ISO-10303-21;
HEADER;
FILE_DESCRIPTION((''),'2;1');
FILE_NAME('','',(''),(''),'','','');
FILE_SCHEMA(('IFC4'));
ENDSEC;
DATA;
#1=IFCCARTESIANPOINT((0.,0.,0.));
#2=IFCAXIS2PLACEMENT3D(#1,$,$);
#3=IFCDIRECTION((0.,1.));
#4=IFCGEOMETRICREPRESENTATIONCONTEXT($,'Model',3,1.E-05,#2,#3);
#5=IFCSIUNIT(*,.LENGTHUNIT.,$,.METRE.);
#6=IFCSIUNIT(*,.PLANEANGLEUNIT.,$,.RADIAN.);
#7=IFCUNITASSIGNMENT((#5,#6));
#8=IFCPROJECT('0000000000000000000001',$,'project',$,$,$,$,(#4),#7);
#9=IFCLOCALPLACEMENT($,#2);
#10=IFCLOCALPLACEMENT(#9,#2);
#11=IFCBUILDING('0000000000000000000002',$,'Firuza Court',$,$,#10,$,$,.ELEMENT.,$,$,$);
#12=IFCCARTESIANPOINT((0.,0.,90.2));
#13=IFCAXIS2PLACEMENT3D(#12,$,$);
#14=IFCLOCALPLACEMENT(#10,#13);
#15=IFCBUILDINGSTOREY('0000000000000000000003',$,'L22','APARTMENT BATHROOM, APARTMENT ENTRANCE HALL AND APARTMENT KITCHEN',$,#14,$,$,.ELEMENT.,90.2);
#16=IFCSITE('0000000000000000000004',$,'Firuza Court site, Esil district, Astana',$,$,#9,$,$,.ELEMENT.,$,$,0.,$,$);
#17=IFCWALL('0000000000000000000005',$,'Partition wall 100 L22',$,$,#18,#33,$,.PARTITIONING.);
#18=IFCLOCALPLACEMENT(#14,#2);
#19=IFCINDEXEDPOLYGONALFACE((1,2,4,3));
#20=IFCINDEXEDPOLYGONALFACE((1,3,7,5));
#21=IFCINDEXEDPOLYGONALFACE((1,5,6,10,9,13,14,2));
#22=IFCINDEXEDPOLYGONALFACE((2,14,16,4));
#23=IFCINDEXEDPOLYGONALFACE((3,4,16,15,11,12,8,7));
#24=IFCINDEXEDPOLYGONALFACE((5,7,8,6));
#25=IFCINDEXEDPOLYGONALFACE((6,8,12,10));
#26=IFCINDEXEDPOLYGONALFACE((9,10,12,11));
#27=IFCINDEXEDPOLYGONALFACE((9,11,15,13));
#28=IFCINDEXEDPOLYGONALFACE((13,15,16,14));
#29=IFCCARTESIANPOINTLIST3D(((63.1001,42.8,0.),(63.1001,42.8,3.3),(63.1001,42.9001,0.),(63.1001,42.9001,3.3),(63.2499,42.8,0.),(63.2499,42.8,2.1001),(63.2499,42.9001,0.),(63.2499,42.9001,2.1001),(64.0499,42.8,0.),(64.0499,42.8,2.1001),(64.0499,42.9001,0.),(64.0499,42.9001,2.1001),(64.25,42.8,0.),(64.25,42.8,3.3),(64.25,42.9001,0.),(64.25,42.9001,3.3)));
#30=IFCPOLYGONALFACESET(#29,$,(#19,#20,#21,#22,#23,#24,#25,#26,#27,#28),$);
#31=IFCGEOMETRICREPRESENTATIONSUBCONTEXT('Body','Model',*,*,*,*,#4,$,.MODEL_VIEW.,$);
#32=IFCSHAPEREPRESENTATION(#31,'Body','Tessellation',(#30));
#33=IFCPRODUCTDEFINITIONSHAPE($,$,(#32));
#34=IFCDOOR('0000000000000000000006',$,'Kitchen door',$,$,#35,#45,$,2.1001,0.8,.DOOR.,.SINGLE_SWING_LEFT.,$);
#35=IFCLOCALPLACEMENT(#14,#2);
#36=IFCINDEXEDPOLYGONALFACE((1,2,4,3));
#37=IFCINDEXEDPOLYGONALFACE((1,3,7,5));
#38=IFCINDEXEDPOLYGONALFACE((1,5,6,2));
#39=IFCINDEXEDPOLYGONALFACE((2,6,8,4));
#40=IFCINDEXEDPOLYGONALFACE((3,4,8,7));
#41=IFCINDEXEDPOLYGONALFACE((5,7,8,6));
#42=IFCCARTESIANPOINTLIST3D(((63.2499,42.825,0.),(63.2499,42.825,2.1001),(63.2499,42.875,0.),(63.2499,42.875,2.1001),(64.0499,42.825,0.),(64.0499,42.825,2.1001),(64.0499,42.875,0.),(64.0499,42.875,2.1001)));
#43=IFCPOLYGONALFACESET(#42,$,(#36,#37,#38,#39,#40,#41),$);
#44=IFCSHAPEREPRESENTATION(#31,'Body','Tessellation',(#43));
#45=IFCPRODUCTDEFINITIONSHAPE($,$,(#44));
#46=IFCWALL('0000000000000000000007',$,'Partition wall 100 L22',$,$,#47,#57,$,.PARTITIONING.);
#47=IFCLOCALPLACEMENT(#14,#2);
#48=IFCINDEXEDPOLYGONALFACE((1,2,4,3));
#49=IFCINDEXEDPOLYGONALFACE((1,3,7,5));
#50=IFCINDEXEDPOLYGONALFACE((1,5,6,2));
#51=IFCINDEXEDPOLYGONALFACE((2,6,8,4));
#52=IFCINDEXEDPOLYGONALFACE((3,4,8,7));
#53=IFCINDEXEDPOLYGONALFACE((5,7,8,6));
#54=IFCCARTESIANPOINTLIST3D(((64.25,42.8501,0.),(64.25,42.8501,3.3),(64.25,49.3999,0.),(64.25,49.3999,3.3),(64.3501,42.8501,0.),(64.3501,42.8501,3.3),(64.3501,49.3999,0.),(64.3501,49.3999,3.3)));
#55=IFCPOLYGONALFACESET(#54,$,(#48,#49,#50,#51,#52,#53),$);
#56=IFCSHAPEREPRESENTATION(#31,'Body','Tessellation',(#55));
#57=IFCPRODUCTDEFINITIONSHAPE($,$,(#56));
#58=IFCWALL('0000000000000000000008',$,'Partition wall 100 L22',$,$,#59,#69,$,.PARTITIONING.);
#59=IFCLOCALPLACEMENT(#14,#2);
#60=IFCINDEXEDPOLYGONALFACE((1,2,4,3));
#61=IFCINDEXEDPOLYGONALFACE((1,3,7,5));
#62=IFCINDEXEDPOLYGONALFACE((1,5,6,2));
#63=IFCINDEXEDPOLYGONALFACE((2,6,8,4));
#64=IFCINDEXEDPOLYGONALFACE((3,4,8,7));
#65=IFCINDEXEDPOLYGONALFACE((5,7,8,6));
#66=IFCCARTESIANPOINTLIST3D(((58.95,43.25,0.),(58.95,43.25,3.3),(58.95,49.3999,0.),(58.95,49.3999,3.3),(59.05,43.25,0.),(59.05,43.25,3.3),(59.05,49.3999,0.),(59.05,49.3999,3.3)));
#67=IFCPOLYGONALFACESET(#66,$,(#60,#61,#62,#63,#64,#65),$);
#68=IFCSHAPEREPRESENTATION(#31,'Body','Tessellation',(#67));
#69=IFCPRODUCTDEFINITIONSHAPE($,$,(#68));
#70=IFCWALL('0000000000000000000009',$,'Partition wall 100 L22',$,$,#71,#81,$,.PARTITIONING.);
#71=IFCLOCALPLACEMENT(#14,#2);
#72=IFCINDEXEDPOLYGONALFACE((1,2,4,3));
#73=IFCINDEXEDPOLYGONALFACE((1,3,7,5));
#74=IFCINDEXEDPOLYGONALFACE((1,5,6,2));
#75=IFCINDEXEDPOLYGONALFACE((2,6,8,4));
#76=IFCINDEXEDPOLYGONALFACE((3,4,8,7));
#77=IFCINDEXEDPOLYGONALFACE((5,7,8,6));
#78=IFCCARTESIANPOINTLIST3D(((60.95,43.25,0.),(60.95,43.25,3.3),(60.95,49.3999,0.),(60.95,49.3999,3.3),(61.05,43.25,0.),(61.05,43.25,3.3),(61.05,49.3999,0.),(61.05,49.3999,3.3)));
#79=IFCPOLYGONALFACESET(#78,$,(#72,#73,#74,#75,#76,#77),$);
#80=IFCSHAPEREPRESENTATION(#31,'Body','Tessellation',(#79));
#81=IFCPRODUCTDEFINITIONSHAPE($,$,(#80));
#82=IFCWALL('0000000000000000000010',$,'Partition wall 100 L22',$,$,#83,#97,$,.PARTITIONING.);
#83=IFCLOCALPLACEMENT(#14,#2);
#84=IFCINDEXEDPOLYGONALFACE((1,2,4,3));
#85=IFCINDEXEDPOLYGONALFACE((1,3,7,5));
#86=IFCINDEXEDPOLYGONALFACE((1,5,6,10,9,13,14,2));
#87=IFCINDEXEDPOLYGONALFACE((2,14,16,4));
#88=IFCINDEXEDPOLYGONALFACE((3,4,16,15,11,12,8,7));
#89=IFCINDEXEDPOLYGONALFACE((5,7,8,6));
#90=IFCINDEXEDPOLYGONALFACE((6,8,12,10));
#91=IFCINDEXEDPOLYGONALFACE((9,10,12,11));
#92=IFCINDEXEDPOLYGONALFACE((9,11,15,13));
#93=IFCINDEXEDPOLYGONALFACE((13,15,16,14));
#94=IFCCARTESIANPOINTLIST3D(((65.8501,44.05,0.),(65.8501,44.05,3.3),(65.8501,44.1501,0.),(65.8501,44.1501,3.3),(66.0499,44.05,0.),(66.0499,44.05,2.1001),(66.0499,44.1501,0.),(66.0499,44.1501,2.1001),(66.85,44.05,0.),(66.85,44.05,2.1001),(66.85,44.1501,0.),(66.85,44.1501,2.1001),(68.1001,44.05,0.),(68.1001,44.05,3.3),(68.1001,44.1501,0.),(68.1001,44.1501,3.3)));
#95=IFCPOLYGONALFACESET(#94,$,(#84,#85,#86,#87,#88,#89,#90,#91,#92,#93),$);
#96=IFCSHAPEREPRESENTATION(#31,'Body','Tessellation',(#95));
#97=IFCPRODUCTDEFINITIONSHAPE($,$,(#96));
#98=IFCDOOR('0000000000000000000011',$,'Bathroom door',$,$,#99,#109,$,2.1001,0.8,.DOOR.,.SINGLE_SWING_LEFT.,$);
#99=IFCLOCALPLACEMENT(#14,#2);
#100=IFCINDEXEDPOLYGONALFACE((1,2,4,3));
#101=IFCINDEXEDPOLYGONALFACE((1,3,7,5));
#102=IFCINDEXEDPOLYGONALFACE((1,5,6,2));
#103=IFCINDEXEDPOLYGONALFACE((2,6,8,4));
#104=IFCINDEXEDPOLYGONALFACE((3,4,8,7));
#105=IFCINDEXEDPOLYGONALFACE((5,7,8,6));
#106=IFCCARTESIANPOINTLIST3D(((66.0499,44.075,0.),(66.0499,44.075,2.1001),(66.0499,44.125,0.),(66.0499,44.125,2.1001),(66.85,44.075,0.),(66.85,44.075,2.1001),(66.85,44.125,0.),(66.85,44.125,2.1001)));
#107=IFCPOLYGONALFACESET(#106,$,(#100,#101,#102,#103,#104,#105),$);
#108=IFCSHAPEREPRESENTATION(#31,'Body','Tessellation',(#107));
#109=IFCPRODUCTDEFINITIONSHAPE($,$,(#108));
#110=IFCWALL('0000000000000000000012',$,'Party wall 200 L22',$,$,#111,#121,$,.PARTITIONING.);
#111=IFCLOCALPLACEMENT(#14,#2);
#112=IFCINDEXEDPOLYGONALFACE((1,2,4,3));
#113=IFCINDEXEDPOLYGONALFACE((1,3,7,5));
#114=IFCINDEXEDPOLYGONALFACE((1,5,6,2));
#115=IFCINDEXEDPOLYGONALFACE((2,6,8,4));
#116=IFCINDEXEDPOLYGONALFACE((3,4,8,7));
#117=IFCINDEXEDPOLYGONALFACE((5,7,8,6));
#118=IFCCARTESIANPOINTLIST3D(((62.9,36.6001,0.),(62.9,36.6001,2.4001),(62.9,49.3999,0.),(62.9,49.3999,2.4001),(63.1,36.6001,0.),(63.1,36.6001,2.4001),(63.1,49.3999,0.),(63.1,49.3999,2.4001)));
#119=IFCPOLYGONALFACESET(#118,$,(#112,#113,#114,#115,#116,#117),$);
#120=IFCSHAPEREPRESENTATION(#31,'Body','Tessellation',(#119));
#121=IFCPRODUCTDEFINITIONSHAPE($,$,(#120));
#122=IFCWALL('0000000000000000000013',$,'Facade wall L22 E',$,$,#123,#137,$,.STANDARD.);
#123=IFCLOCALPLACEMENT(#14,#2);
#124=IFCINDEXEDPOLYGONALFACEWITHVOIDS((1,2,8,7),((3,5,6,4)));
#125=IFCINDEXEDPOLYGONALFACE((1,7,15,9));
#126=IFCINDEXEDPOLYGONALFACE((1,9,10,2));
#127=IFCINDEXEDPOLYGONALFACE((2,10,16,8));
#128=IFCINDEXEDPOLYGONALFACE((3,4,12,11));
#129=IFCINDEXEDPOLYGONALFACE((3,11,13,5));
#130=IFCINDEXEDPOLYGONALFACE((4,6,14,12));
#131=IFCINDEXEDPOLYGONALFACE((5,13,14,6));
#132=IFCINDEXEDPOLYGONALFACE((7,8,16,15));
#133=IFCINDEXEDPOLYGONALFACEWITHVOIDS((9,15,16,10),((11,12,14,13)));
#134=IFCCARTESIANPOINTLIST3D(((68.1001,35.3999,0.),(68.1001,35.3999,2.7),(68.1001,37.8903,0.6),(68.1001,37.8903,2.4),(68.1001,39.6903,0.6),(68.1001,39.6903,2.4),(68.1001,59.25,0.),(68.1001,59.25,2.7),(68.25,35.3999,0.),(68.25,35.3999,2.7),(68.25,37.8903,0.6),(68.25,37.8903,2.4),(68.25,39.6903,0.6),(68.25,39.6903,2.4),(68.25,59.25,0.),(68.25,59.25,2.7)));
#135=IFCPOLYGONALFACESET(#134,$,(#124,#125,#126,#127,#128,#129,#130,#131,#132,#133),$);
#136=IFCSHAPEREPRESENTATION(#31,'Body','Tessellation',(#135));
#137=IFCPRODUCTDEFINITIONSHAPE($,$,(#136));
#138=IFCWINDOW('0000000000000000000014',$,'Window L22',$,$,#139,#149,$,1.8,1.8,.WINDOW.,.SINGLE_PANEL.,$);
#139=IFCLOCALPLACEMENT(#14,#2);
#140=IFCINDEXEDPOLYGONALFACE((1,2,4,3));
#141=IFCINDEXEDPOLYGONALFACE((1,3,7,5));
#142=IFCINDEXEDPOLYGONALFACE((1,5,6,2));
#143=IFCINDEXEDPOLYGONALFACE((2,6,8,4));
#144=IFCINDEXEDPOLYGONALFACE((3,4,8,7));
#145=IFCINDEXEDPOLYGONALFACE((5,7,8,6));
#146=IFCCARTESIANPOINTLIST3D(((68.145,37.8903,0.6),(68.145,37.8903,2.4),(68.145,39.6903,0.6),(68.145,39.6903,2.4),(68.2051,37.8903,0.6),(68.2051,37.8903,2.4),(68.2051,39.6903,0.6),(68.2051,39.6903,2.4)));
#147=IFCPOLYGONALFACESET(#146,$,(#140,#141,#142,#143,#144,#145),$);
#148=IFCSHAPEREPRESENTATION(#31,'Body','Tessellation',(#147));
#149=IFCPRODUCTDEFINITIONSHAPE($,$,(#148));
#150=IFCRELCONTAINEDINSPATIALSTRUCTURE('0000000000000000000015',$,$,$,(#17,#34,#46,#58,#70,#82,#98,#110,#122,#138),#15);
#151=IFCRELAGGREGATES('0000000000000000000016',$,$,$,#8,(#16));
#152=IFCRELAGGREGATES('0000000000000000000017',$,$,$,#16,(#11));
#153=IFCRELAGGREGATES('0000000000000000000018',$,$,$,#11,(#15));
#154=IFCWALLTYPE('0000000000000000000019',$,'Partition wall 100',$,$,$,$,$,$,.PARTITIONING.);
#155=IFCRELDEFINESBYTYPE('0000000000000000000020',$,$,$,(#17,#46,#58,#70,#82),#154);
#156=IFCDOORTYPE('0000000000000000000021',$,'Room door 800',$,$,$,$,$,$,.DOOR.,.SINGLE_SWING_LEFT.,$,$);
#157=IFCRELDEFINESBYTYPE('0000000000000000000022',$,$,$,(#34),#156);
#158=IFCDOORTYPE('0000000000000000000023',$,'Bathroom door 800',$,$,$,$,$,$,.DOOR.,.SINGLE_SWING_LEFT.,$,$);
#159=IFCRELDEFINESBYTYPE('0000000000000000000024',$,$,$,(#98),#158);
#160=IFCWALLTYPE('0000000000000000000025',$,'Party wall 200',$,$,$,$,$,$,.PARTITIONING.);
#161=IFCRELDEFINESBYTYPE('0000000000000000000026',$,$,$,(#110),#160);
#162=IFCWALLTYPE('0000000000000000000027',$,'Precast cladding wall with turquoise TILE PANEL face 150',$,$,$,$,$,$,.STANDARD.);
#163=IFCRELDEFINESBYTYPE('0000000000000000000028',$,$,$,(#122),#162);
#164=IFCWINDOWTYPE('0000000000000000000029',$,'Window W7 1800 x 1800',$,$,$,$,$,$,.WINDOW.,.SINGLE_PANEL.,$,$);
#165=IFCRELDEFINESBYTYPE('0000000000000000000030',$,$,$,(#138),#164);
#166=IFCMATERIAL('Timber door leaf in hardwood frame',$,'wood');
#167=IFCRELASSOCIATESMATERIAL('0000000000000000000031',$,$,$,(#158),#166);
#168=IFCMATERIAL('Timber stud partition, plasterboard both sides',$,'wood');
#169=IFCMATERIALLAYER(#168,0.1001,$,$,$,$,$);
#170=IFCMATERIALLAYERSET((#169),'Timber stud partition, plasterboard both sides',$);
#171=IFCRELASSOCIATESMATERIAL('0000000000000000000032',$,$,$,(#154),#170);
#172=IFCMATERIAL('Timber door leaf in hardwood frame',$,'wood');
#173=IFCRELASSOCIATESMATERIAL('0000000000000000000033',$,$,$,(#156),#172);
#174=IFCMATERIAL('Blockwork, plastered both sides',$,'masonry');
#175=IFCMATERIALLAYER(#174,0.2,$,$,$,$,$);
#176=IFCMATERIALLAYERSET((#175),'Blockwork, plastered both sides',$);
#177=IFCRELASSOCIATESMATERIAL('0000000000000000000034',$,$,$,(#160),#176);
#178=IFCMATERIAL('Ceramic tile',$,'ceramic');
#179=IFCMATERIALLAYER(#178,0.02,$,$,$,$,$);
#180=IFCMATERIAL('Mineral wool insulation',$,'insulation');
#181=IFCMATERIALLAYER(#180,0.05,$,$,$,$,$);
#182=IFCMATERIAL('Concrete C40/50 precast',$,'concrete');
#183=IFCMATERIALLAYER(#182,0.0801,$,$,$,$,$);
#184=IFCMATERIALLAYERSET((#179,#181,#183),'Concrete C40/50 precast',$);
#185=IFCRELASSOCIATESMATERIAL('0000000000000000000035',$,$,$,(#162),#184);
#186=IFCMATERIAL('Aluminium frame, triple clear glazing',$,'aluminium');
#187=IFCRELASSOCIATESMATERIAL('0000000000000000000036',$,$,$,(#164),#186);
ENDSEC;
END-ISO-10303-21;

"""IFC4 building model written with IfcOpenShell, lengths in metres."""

from ifc_helpers import new_model, si_unit, direction, frame, frame_2d, origin, place, context, subcontext, project, spatial, rectangle, extrude, material, layer, layer_set, type_object, element, fill, save


model = new_model("IFC4")

# Units and contexts
model_context = context("Model", 3, precision=1e-05, world=origin(), true_north=direction((0.0, 1.0)))
body_context = subcontext(model_context, "Body", "Model", "MODEL_VIEW")
ifc_project = project(units=[si_unit("LENGTHUNIT", "METRE"), si_unit("PLANEANGLEUNIT", "RADIAN")], contexts=[model_context])

# Site, building, storey
site_placement = place(None, origin())
site = spatial("IfcSite", under=ifc_project, at=site_placement, Name="Firuza Court site, Esil district, Astana", CompositionType="ELEMENT", RefElevation=0.0)
building_placement = place(site_placement, origin())
building = spatial("IfcBuilding", under=site, at=building_placement, Name="Firuza Court", CompositionType="ELEMENT")
storey_placement = place(building_placement, frame((0.0, 0.0, 90.2)))
storey = spatial("IfcBuildingStorey", under=building, at=storey_placement, Name="L22", Description="APARTMENT BATHROOM, APARTMENT ENTRANCE HALL AND APARTMENT KITCHEN", CompositionType="ELEMENT", Elevation=90.2)

# Shared definitions
ifc_material_1 = material(Name="Timber door leaf in hardwood frame", Category="wood")
door_type_1 = type_object("IfcDoorType", Name="Bathroom door 800", OperationType="SINGLE_SWING_LEFT", PredefinedType="DOOR", material=ifc_material_1)

# Shared definitions
ifc_material_2 = material(Name="Timber stud partition, plasterboard both sides", Category="wood")
ifc_layer_1 = layer(ifc_material_2, 0.1001)
ifc_layer_set_1 = layer_set([ifc_layer_1], Name="Timber stud partition, plasterboard both sides")
wall_type_1 = type_object("IfcWallType", Name="Partition wall 100", PredefinedType="PARTITIONING", material=ifc_layer_set_1)

# Wall, opening, door
wall_1_placement = place(storey_placement, frame((63.1001, 42.8501, 0.0), z_axis=(0.0, 0.0, 1.0), x_axis=(1.0, 0.0, 0.0)))
wall_1 = element("IfcWall", 1, at=wall_1_placement, inside=storey, type_object=wall_type_1, Name="Partition wall 100 L22", PredefinedType="PARTITIONING", context=body_context, shape_type="SweptSolid", body=[
    extrude(rectangle(XDim=1.1499, YDim=0.1001, at=frame_2d((0.575, 0.0))), origin(), (0.0, 0.0, 1.0), 3.3),
])
opening_1_placement = place(wall_1_placement, frame((0.1499, 0.0, 0.0)))
opening_1 = element("IfcOpeningElement", 2, at=opening_1_placement, cuts=wall_1, PredefinedType="OPENING", context=body_context, shape_type="SweptSolid", body=[
    extrude(rectangle(XDim=0.8, YDim=2.1001, at=frame_2d((0.3999, 1.05))), frame((0.0, 0.062, 0.0), z_axis=(0.0, -1.0, 0.0), x_axis=(1.0, 0.0, 0.0)), (0.0, 0.0, 1.0), 0.124),
])
ifc_material_3 = material(Name="Timber door leaf in hardwood frame", Category="wood")
door_type_2 = type_object("IfcDoorType", Name="Room door 800", OperationType="SINGLE_SWING_LEFT", PredefinedType="DOOR", material=ifc_material_3)
door_1_placement = place(opening_1_placement, origin())
door_1 = element("IfcDoor", 3, at=door_1_placement, inside=storey, type_object=door_type_2, Name="Kitchen door", OperationType="SINGLE_SWING_LEFT", OverallHeight=2.1001, OverallWidth=0.8, PredefinedType="DOOR", context=body_context, shape_type="SweptSolid", body=[
    extrude(rectangle(XDim=0.8, YDim=2.1001, at=frame_2d((0.3999, 1.05))), frame((0.0, 0.0249, 0.0), z_axis=(0.0, -1.0, 0.0), x_axis=(1.0, 0.0, 0.0)), (0.0, 0.0, 1.0), 0.05),
])
fill(opening_1, door_1)

# Walls
wall_2_placement = place(storey_placement, frame((64.3, 42.8501, 0.0), z_axis=(0.0, 0.0, 1.0), x_axis=(0.0, 1.0, 0.0)))
element("IfcWall", 4, at=wall_2_placement, inside=storey, type_object=wall_type_1, Name="Partition wall 100 L22", PredefinedType="PARTITIONING", context=body_context, shape_type="SweptSolid", body=[
    extrude(rectangle(XDim=6.5498, YDim=0.1001, at=frame_2d((3.2749, 0.0))), origin(), (0.0, 0.0, 1.0), 3.3),
])
for number, where, z_axis, x_axis, name in (
    (5, (59.0, 43.25, 0.0), (0.0, 0.0, 1.0), (0.0, 1.0, 0.0), "Partition wall 100 L22"),
    (6, (61.0, 43.25, 0.0), (0.0, 0.0, 1.0), (0.0, 1.0, 0.0), "Partition wall 100 L22"),
):
    element("IfcWall", number, at=place(storey_placement, frame(where, z_axis=z_axis, x_axis=x_axis)), inside=storey, type_object=wall_type_1, Name=name, PredefinedType="PARTITIONING", context=body_context, shape_type="SweptSolid", body=[
        extrude(rectangle(XDim=6.1499, YDim=0.1001, at=frame_2d((3.075, 0.0))), origin(), (0.0, 0.0, 1.0), 3.3),
    ])

# Wall, opening, door
wall_3_placement = place(storey_placement, frame((65.8501, 44.1001, 0.0), z_axis=(0.0, 0.0, 1.0), x_axis=(1.0, 0.0, 0.0)))
wall_3 = element("IfcWall", 7, at=wall_3_placement, inside=storey, type_object=wall_type_1, Name="Partition wall 100 L22", PredefinedType="PARTITIONING", context=body_context, shape_type="SweptSolid", body=[
    extrude(rectangle(XDim=2.25, YDim=0.1001, at=frame_2d((1.125, 0.0))), origin(), (0.0, 0.0, 1.0), 3.3),
])
opening_2_placement = place(wall_3_placement, frame((0.2, 0.0, 0.0)))
opening_2 = element("IfcOpeningElement", 8, at=opening_2_placement, cuts=wall_3, PredefinedType="OPENING", context=body_context, shape_type="SweptSolid", body=[
    extrude(rectangle(XDim=0.8, YDim=2.1001, at=frame_2d((0.3999, 1.05))), frame((0.0, 0.062, 0.0), z_axis=(0.0, -1.0, 0.0), x_axis=(1.0, 0.0, 0.0)), (0.0, 0.0, 1.0), 0.124),
])
door_2_placement = place(opening_2_placement, origin())
door_2 = element("IfcDoor", 9, at=door_2_placement, inside=storey, type_object=door_type_1, Name="Bathroom door", OperationType="SINGLE_SWING_LEFT", OverallHeight=2.1001, OverallWidth=0.8, PredefinedType="DOOR", context=body_context, shape_type="SweptSolid", body=[
    extrude(rectangle(XDim=0.8, YDim=2.1001, at=frame_2d((0.3999, 1.05))), frame((0.0, 0.0249, 0.0), z_axis=(0.0, -1.0, 0.0), x_axis=(1.0, 0.0, 0.0)), (0.0, 0.0, 1.0), 0.05),
])
fill(opening_2, door_2)

# Wall
ifc_material_4 = material(Name="Blockwork, plastered both sides", Category="masonry")
ifc_layer_2 = layer(ifc_material_4, 0.2)
ifc_layer_set_2 = layer_set([ifc_layer_2], Name="Blockwork, plastered both sides")
wall_type_2 = type_object("IfcWallType", Name="Party wall 200", PredefinedType="PARTITIONING", material=ifc_layer_set_2)
wall_4_placement = place(storey_placement, frame((63.0, 36.6001, 0.0), z_axis=(0.0, 0.0, 1.0), x_axis=(0.0, 1.0, 0.0)))
element("IfcWall", 10, at=wall_4_placement, inside=storey, type_object=wall_type_2, Name="Party wall 200 L22", PredefinedType="PARTITIONING", context=body_context, shape_type="SweptSolid", body=[
    extrude(rectangle(XDim=12.7998, YDim=0.2, at=frame_2d((6.3999, 0.0))), origin(), (0.0, 0.0, 1.0), 2.4001),
])

# Wall, opening, window
ifc_material_5 = material(Name="Ceramic tile", Category="ceramic")
ifc_layer_3 = layer(ifc_material_5, 0.02)
ifc_material_6 = material(Name="Mineral wool insulation", Category="insulation")
ifc_layer_4 = layer(ifc_material_6, 0.05)
ifc_material_7 = material(Name="Concrete C40/50 precast", Category="concrete")
ifc_layer_5 = layer(ifc_material_7, 0.0801)
ifc_layer_set_3 = layer_set([ifc_layer_3, ifc_layer_4, ifc_layer_5], Name="Concrete C40/50 precast")
wall_type_3 = type_object("IfcWallType", Name="Precast cladding wall with turquoise TILE PANEL face 150", PredefinedType="STANDARD", material=ifc_layer_set_3)
wall_5_placement = place(storey_placement, frame((68.175, 35.3999, 0.0), z_axis=(0.0, 0.0, 1.0), x_axis=(0.0, 1.0, 0.0)))
wall_5 = element("IfcWall", 11, at=wall_5_placement, inside=storey, type_object=wall_type_3, Name="Facade wall L22 E", PredefinedType="STANDARD", context=body_context, shape_type="SweptSolid", body=[
    extrude(rectangle(XDim=23.8501, YDim=0.1499, at=frame_2d((11.925, 0.0))), origin(), (0.0, 0.0, 1.0), 2.7),
])
opening_3_placement = place(wall_5_placement, frame((2.4905, 0.0, 0.6001)))
opening_3 = element("IfcOpeningElement", 12, at=opening_3_placement, cuts=wall_5, PredefinedType="OPENING", context=body_context, shape_type="SweptSolid", body=[
    extrude(rectangle(XDim=1.8, YDim=1.8, at=frame_2d((0.8999, 0.8999))), frame((0.0, 0.0869, 0.0), z_axis=(0.0, -1.0, 0.0), x_axis=(1.0, 0.0, 0.0)), (0.0, 0.0, 1.0), 0.1738),
])
ifc_material_8 = material(Name="Aluminium frame, triple clear glazing", Category="aluminium")
window_type = type_object("IfcWindowType", Name="Window W7 1800 x 1800", PartitioningType="SINGLE_PANEL", PredefinedType="WINDOW", material=ifc_material_8)
window_placement = place(opening_3_placement, origin())
window = element("IfcWindow", 13, at=window_placement, inside=storey, type_object=window_type, Name="Window L22", OverallHeight=1.8, OverallWidth=1.8, PartitioningType="SINGLE_PANEL", PredefinedType="WINDOW", context=body_context, shape_type="SweptSolid", body=[
    extrude(rectangle(XDim=1.8, YDim=1.8, at=frame_2d((0.8999, 0.8999))), frame((0.0, 0.03, 0.0), z_axis=(0.0, -1.0, 0.0), x_axis=(1.0, 0.0, 0.0)), (0.0, 0.0, 1.0), 0.0601),
])
fill(opening_3, window)

save(model, "model.ifc")
